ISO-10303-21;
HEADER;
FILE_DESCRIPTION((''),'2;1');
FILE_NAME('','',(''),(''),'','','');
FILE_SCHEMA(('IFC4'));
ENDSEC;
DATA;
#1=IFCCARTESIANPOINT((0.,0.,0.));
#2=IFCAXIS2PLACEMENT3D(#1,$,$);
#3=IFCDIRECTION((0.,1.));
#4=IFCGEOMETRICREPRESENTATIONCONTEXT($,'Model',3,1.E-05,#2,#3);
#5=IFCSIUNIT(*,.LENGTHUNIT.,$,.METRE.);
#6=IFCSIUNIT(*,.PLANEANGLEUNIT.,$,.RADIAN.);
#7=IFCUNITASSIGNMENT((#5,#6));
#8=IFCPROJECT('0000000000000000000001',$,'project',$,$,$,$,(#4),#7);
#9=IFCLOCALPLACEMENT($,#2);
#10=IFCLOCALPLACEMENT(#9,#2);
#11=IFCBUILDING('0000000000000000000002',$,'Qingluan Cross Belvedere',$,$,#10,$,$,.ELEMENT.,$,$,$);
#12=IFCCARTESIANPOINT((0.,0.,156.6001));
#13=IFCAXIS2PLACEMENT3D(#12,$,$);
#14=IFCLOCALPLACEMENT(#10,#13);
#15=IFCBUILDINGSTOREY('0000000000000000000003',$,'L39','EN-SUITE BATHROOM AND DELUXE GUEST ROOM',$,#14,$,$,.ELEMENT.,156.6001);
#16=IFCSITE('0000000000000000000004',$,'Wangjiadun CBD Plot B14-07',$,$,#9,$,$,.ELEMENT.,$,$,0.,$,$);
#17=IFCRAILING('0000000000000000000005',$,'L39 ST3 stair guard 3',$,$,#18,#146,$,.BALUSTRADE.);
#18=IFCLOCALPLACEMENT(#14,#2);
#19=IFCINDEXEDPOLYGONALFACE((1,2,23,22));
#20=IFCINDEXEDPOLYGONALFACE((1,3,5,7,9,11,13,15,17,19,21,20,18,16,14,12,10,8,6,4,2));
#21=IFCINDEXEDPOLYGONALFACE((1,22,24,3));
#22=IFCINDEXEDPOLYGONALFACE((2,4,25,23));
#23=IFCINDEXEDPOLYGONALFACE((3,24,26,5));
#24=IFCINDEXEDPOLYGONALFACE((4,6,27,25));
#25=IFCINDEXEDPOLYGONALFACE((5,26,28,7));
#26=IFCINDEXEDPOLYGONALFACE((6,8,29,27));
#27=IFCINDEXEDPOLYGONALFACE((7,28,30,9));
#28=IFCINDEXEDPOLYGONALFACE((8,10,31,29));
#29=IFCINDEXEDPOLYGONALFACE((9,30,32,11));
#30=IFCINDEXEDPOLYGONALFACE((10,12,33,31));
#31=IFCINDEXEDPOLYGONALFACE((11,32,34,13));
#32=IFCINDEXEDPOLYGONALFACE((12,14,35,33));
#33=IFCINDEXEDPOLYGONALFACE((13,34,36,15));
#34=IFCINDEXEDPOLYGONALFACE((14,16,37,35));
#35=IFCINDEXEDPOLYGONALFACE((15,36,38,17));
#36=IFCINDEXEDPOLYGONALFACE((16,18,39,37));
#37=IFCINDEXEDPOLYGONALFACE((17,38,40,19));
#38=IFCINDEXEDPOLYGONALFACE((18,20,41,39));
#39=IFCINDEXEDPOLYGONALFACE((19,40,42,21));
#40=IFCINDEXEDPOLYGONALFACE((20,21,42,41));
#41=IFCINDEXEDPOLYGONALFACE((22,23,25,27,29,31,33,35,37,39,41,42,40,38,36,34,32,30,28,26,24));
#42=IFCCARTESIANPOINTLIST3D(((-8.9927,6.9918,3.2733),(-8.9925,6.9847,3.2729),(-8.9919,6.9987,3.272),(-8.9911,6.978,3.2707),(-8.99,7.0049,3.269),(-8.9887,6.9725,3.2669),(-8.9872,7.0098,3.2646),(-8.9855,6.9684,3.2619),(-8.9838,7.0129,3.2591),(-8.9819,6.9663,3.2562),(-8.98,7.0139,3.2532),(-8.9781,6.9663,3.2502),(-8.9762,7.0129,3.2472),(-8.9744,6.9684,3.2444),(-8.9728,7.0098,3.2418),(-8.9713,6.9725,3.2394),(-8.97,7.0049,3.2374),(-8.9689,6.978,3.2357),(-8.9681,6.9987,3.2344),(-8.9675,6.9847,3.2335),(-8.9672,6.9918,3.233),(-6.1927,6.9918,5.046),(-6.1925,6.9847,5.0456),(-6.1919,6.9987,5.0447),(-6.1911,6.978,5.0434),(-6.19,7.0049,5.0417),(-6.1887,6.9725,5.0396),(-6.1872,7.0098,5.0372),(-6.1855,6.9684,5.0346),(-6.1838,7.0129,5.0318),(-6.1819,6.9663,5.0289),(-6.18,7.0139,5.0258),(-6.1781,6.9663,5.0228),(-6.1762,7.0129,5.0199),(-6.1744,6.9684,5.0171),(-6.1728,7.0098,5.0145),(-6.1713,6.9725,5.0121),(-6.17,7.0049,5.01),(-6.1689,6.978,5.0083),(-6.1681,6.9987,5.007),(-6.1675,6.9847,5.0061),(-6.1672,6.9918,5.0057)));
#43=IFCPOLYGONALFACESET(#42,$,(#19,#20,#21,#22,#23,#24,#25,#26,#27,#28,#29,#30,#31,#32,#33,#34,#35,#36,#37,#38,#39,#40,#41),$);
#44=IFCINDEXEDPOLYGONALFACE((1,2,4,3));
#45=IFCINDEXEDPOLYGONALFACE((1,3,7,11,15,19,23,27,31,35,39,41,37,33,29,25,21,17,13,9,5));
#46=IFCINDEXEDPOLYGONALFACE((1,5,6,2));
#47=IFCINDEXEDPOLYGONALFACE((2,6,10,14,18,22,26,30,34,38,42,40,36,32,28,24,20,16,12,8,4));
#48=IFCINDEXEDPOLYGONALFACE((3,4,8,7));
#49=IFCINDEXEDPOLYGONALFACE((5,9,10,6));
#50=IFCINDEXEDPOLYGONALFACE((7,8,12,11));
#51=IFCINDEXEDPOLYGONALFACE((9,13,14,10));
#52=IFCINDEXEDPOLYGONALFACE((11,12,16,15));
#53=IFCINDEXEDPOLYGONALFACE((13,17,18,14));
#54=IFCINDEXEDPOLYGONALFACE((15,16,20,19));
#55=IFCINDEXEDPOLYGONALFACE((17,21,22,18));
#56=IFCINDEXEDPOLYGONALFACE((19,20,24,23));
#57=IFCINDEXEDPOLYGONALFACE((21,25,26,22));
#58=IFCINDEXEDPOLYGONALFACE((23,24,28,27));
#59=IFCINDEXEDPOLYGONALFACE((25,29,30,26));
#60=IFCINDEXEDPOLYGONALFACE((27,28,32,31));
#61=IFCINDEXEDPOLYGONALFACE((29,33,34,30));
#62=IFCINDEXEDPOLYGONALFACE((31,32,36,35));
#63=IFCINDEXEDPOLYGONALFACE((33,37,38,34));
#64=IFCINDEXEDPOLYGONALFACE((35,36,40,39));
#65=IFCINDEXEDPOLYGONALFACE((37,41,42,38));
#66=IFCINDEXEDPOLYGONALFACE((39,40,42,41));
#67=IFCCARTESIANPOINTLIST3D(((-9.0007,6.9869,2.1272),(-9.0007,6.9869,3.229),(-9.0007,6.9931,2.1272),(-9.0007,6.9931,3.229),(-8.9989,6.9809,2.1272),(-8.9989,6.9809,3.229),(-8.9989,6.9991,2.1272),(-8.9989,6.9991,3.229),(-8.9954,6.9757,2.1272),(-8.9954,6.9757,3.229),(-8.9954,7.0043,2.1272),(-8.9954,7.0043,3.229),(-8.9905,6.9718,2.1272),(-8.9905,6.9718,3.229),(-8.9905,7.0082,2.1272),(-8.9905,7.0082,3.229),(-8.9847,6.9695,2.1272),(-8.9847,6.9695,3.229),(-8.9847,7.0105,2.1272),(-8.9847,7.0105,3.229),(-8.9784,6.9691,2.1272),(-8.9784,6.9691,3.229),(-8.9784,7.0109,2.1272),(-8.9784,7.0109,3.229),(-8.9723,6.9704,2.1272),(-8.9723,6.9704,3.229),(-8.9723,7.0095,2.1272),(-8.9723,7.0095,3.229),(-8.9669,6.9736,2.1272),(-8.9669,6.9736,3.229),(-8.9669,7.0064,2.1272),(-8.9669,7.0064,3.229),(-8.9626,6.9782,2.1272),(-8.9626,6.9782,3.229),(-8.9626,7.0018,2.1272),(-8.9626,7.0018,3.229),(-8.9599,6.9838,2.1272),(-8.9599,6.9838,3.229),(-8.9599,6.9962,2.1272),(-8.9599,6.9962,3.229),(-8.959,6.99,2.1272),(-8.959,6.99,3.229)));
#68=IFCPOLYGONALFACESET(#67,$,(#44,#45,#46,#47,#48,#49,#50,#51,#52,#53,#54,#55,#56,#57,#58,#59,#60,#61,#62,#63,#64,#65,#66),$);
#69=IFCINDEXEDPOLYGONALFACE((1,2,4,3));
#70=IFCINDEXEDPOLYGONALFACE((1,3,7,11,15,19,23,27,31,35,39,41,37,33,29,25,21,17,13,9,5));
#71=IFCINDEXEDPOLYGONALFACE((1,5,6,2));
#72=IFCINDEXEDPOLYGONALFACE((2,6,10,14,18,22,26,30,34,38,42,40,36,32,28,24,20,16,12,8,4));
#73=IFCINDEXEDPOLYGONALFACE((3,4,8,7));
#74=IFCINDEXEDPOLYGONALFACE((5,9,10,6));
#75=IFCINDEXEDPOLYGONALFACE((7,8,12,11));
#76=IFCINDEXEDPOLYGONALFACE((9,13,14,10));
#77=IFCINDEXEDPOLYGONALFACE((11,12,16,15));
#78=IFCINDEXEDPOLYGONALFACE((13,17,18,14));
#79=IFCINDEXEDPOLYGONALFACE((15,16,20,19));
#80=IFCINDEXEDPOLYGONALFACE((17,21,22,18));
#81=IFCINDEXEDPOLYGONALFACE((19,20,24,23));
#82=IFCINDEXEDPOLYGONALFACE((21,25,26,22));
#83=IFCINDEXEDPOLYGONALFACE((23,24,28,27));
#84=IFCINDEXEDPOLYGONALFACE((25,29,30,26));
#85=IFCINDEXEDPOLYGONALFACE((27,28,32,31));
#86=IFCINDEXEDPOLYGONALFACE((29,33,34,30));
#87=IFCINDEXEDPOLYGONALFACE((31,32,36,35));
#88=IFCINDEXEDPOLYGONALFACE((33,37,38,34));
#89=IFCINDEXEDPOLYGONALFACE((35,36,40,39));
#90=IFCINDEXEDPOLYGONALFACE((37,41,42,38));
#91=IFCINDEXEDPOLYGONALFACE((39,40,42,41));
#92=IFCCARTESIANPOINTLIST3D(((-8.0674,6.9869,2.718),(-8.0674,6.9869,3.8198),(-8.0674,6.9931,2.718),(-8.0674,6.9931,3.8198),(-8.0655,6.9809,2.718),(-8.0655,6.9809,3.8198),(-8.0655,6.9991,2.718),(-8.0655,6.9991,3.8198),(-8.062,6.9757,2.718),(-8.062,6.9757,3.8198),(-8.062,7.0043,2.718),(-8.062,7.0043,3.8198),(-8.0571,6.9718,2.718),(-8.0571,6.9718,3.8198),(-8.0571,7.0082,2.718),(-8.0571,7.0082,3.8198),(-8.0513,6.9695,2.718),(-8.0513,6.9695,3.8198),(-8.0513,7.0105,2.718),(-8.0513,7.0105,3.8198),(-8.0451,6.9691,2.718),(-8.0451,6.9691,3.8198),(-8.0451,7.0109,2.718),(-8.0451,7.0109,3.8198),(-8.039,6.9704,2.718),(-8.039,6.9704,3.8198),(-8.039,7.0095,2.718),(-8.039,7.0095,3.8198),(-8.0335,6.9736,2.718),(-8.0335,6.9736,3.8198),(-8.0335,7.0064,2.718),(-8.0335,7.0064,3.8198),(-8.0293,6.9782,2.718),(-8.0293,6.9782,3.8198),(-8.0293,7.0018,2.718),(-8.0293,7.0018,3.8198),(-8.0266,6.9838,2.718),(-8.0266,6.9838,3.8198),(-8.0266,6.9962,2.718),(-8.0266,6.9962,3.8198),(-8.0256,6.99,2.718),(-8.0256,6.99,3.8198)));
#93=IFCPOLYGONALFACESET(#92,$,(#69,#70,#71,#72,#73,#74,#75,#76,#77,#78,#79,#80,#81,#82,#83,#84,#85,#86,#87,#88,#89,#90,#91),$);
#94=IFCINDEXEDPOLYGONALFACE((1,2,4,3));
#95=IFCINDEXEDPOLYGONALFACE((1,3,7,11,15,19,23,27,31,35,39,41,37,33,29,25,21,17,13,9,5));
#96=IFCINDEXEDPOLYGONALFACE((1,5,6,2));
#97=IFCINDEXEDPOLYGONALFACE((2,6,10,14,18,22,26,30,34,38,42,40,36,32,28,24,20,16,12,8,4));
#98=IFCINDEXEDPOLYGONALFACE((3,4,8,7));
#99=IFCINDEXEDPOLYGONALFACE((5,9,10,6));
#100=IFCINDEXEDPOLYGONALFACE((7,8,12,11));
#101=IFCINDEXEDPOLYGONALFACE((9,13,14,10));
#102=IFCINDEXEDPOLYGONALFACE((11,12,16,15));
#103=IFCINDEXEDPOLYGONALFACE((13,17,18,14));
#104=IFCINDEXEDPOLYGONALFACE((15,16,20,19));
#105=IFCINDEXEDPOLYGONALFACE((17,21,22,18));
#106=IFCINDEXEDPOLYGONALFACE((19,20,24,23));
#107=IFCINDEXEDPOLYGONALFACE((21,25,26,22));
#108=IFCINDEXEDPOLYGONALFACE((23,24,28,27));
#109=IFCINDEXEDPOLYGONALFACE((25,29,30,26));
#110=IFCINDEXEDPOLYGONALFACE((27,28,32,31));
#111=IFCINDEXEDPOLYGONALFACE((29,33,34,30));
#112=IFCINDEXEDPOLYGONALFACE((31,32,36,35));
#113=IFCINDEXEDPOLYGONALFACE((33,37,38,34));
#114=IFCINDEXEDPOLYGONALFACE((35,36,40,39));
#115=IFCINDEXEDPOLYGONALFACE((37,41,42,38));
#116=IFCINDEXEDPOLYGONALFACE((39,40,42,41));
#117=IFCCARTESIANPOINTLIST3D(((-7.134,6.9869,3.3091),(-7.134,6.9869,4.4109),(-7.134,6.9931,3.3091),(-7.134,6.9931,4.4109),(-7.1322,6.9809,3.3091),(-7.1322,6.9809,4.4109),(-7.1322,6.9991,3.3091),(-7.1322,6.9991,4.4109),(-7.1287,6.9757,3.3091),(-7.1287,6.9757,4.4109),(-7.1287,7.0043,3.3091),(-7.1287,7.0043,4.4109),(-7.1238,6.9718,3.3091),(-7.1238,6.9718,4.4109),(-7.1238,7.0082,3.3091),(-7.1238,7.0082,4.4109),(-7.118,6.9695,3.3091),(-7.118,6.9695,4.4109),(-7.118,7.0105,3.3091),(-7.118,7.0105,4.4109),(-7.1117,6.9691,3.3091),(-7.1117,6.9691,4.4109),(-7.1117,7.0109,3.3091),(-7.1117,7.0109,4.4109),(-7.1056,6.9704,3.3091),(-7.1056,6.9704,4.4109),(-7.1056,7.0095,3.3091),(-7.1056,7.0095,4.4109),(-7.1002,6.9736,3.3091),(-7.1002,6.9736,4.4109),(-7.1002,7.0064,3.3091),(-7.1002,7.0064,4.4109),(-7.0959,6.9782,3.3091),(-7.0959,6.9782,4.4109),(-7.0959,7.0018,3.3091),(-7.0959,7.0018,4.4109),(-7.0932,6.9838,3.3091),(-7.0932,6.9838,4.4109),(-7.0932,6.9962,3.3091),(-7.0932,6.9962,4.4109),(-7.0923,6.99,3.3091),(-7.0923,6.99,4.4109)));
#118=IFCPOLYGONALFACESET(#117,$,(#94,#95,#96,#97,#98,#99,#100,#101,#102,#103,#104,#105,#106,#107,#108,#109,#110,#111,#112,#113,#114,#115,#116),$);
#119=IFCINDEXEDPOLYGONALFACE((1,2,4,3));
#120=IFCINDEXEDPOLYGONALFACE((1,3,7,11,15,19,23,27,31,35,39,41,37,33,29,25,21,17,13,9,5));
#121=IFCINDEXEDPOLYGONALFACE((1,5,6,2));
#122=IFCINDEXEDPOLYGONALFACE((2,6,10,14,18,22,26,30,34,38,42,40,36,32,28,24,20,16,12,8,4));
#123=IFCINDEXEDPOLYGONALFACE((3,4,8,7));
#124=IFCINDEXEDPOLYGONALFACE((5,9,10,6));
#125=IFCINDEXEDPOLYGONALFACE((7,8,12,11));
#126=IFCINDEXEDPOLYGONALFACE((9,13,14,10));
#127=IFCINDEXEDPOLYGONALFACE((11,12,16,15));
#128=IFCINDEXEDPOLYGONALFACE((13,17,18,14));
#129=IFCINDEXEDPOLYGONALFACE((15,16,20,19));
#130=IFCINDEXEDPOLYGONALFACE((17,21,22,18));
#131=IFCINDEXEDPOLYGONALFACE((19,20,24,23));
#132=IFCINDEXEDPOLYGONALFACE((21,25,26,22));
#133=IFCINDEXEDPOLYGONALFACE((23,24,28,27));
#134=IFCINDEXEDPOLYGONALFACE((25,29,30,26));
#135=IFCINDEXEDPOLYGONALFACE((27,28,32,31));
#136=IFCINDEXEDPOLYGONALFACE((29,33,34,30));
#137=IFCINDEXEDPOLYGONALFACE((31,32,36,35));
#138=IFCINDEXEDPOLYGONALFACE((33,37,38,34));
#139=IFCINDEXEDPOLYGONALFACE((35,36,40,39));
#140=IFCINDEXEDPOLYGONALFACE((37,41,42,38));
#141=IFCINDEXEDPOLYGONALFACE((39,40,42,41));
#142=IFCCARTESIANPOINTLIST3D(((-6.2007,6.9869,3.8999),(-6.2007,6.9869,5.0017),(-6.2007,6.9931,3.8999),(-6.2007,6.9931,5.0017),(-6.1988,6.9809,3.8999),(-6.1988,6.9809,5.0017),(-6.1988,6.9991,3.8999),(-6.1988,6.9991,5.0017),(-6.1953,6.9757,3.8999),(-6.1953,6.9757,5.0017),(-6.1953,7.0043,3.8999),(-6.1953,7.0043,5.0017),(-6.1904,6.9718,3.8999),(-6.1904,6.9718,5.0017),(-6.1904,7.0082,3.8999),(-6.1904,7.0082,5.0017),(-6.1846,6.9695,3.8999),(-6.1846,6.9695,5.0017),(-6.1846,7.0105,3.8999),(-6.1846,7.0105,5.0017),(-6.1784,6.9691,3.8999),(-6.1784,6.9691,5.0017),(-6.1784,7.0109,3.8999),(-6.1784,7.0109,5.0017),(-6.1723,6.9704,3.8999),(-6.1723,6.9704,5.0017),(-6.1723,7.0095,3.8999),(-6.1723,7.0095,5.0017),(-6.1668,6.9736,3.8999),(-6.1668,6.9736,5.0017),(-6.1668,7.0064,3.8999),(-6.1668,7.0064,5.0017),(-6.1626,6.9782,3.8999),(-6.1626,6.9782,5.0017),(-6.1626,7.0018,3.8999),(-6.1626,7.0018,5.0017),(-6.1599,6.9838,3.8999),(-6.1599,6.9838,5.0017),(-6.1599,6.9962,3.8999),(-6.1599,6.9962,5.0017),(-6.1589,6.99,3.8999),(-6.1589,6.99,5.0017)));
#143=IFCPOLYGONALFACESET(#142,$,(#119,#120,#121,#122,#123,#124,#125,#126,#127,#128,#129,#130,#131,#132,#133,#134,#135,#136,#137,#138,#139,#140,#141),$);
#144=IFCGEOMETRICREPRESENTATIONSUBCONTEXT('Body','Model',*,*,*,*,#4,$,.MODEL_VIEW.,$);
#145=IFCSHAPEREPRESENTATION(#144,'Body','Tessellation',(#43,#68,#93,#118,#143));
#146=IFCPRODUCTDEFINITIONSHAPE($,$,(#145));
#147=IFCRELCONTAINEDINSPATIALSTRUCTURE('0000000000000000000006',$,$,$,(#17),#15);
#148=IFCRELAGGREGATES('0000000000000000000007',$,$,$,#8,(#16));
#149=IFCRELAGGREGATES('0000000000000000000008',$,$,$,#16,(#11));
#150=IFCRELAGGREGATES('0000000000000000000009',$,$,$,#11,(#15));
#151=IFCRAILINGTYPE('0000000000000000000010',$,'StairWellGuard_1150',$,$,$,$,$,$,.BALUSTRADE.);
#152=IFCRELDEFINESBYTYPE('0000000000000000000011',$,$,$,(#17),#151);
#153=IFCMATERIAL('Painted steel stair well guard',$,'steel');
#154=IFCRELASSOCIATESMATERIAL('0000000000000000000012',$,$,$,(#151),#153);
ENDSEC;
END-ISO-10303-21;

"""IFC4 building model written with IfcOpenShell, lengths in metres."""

from ifc_helpers import new_model, si_unit, direction, frame, origin, origin_2d, place, context, subcontext, project, spatial, circle, extrude, material, type_object, element, save


model = new_model("IFC4")

# Units and contexts
model_context = context("Model", 3, precision=1e-05, world=origin(), true_north=direction((0.0, 1.0)))
body_context = subcontext(model_context, "Body", "Model", "MODEL_VIEW")
ifc_project = project(units=[si_unit("LENGTHUNIT", "METRE"), si_unit("PLANEANGLEUNIT", "RADIAN")], contexts=[model_context])

# Site, building, storey
site_placement = place(None, origin())
site = spatial("IfcSite", under=ifc_project, at=site_placement, Name="Wangjiadun CBD Plot B14-07", CompositionType="ELEMENT", RefElevation=0.0)
building_placement = place(site_placement, origin())
building = spatial("IfcBuilding", under=site, at=building_placement, Name="Qingluan Cross Belvedere", CompositionType="ELEMENT")
storey_placement = place(building_placement, frame((0.0, 0.0, 156.6001)))
storey = spatial("IfcBuildingStorey", under=building, at=storey_placement, Name="L39", Description="EN-SUITE BATHROOM AND DELUXE GUEST ROOM", CompositionType="ELEMENT", Elevation=156.6001)

# Railing
ifc_material_1 = material(Name="Painted steel stair well guard", Category="steel")
railing_type_1 = type_object("IfcRailingType", Name="StairWellGuard_1150", PredefinedType="BALUSTRADE", material=ifc_material_1)
railing_1_placement = place(storey_placement, frame((-8.98, 6.99, 2.1272)))
element("IfcRailing", 1, at=railing_1_placement, inside=storey, type_object=railing_type_1, Name="L39 ST3 stair guard 3", PredefinedType="BALUSTRADE", context=body_context, shape_type="SweptSolid", body=[
    extrude(circle(Radius=0.0239, at=origin_2d()), frame((0.0, 0.0, 1.126), z_axis=(0.844909, 0.0, 0.53491), x_axis=(0.0, 1.0, 0.0)), (0.0, 0.0, 1.0), 3.314),
    extrude(circle(Radius=0.021, at=origin_2d()), origin(), (0.0, 0.0, 1.0), 1.1018),
    extrude(circle(Radius=0.021, at=origin_2d()), frame((0.9333, 0.0, 0.5908)), (0.0, 0.0, 1.0), 1.1018),
    extrude(circle(Radius=0.021, at=origin_2d()), frame((1.8667, 0.0, 1.1819)), (0.0, 0.0, 1.0), 1.1018),
    extrude(circle(Radius=0.021, at=origin_2d()), frame((2.8, 0.0, 1.7727)), (0.0, 0.0, 1.0), 1.1018),
])

save(model, "model.ifc")
